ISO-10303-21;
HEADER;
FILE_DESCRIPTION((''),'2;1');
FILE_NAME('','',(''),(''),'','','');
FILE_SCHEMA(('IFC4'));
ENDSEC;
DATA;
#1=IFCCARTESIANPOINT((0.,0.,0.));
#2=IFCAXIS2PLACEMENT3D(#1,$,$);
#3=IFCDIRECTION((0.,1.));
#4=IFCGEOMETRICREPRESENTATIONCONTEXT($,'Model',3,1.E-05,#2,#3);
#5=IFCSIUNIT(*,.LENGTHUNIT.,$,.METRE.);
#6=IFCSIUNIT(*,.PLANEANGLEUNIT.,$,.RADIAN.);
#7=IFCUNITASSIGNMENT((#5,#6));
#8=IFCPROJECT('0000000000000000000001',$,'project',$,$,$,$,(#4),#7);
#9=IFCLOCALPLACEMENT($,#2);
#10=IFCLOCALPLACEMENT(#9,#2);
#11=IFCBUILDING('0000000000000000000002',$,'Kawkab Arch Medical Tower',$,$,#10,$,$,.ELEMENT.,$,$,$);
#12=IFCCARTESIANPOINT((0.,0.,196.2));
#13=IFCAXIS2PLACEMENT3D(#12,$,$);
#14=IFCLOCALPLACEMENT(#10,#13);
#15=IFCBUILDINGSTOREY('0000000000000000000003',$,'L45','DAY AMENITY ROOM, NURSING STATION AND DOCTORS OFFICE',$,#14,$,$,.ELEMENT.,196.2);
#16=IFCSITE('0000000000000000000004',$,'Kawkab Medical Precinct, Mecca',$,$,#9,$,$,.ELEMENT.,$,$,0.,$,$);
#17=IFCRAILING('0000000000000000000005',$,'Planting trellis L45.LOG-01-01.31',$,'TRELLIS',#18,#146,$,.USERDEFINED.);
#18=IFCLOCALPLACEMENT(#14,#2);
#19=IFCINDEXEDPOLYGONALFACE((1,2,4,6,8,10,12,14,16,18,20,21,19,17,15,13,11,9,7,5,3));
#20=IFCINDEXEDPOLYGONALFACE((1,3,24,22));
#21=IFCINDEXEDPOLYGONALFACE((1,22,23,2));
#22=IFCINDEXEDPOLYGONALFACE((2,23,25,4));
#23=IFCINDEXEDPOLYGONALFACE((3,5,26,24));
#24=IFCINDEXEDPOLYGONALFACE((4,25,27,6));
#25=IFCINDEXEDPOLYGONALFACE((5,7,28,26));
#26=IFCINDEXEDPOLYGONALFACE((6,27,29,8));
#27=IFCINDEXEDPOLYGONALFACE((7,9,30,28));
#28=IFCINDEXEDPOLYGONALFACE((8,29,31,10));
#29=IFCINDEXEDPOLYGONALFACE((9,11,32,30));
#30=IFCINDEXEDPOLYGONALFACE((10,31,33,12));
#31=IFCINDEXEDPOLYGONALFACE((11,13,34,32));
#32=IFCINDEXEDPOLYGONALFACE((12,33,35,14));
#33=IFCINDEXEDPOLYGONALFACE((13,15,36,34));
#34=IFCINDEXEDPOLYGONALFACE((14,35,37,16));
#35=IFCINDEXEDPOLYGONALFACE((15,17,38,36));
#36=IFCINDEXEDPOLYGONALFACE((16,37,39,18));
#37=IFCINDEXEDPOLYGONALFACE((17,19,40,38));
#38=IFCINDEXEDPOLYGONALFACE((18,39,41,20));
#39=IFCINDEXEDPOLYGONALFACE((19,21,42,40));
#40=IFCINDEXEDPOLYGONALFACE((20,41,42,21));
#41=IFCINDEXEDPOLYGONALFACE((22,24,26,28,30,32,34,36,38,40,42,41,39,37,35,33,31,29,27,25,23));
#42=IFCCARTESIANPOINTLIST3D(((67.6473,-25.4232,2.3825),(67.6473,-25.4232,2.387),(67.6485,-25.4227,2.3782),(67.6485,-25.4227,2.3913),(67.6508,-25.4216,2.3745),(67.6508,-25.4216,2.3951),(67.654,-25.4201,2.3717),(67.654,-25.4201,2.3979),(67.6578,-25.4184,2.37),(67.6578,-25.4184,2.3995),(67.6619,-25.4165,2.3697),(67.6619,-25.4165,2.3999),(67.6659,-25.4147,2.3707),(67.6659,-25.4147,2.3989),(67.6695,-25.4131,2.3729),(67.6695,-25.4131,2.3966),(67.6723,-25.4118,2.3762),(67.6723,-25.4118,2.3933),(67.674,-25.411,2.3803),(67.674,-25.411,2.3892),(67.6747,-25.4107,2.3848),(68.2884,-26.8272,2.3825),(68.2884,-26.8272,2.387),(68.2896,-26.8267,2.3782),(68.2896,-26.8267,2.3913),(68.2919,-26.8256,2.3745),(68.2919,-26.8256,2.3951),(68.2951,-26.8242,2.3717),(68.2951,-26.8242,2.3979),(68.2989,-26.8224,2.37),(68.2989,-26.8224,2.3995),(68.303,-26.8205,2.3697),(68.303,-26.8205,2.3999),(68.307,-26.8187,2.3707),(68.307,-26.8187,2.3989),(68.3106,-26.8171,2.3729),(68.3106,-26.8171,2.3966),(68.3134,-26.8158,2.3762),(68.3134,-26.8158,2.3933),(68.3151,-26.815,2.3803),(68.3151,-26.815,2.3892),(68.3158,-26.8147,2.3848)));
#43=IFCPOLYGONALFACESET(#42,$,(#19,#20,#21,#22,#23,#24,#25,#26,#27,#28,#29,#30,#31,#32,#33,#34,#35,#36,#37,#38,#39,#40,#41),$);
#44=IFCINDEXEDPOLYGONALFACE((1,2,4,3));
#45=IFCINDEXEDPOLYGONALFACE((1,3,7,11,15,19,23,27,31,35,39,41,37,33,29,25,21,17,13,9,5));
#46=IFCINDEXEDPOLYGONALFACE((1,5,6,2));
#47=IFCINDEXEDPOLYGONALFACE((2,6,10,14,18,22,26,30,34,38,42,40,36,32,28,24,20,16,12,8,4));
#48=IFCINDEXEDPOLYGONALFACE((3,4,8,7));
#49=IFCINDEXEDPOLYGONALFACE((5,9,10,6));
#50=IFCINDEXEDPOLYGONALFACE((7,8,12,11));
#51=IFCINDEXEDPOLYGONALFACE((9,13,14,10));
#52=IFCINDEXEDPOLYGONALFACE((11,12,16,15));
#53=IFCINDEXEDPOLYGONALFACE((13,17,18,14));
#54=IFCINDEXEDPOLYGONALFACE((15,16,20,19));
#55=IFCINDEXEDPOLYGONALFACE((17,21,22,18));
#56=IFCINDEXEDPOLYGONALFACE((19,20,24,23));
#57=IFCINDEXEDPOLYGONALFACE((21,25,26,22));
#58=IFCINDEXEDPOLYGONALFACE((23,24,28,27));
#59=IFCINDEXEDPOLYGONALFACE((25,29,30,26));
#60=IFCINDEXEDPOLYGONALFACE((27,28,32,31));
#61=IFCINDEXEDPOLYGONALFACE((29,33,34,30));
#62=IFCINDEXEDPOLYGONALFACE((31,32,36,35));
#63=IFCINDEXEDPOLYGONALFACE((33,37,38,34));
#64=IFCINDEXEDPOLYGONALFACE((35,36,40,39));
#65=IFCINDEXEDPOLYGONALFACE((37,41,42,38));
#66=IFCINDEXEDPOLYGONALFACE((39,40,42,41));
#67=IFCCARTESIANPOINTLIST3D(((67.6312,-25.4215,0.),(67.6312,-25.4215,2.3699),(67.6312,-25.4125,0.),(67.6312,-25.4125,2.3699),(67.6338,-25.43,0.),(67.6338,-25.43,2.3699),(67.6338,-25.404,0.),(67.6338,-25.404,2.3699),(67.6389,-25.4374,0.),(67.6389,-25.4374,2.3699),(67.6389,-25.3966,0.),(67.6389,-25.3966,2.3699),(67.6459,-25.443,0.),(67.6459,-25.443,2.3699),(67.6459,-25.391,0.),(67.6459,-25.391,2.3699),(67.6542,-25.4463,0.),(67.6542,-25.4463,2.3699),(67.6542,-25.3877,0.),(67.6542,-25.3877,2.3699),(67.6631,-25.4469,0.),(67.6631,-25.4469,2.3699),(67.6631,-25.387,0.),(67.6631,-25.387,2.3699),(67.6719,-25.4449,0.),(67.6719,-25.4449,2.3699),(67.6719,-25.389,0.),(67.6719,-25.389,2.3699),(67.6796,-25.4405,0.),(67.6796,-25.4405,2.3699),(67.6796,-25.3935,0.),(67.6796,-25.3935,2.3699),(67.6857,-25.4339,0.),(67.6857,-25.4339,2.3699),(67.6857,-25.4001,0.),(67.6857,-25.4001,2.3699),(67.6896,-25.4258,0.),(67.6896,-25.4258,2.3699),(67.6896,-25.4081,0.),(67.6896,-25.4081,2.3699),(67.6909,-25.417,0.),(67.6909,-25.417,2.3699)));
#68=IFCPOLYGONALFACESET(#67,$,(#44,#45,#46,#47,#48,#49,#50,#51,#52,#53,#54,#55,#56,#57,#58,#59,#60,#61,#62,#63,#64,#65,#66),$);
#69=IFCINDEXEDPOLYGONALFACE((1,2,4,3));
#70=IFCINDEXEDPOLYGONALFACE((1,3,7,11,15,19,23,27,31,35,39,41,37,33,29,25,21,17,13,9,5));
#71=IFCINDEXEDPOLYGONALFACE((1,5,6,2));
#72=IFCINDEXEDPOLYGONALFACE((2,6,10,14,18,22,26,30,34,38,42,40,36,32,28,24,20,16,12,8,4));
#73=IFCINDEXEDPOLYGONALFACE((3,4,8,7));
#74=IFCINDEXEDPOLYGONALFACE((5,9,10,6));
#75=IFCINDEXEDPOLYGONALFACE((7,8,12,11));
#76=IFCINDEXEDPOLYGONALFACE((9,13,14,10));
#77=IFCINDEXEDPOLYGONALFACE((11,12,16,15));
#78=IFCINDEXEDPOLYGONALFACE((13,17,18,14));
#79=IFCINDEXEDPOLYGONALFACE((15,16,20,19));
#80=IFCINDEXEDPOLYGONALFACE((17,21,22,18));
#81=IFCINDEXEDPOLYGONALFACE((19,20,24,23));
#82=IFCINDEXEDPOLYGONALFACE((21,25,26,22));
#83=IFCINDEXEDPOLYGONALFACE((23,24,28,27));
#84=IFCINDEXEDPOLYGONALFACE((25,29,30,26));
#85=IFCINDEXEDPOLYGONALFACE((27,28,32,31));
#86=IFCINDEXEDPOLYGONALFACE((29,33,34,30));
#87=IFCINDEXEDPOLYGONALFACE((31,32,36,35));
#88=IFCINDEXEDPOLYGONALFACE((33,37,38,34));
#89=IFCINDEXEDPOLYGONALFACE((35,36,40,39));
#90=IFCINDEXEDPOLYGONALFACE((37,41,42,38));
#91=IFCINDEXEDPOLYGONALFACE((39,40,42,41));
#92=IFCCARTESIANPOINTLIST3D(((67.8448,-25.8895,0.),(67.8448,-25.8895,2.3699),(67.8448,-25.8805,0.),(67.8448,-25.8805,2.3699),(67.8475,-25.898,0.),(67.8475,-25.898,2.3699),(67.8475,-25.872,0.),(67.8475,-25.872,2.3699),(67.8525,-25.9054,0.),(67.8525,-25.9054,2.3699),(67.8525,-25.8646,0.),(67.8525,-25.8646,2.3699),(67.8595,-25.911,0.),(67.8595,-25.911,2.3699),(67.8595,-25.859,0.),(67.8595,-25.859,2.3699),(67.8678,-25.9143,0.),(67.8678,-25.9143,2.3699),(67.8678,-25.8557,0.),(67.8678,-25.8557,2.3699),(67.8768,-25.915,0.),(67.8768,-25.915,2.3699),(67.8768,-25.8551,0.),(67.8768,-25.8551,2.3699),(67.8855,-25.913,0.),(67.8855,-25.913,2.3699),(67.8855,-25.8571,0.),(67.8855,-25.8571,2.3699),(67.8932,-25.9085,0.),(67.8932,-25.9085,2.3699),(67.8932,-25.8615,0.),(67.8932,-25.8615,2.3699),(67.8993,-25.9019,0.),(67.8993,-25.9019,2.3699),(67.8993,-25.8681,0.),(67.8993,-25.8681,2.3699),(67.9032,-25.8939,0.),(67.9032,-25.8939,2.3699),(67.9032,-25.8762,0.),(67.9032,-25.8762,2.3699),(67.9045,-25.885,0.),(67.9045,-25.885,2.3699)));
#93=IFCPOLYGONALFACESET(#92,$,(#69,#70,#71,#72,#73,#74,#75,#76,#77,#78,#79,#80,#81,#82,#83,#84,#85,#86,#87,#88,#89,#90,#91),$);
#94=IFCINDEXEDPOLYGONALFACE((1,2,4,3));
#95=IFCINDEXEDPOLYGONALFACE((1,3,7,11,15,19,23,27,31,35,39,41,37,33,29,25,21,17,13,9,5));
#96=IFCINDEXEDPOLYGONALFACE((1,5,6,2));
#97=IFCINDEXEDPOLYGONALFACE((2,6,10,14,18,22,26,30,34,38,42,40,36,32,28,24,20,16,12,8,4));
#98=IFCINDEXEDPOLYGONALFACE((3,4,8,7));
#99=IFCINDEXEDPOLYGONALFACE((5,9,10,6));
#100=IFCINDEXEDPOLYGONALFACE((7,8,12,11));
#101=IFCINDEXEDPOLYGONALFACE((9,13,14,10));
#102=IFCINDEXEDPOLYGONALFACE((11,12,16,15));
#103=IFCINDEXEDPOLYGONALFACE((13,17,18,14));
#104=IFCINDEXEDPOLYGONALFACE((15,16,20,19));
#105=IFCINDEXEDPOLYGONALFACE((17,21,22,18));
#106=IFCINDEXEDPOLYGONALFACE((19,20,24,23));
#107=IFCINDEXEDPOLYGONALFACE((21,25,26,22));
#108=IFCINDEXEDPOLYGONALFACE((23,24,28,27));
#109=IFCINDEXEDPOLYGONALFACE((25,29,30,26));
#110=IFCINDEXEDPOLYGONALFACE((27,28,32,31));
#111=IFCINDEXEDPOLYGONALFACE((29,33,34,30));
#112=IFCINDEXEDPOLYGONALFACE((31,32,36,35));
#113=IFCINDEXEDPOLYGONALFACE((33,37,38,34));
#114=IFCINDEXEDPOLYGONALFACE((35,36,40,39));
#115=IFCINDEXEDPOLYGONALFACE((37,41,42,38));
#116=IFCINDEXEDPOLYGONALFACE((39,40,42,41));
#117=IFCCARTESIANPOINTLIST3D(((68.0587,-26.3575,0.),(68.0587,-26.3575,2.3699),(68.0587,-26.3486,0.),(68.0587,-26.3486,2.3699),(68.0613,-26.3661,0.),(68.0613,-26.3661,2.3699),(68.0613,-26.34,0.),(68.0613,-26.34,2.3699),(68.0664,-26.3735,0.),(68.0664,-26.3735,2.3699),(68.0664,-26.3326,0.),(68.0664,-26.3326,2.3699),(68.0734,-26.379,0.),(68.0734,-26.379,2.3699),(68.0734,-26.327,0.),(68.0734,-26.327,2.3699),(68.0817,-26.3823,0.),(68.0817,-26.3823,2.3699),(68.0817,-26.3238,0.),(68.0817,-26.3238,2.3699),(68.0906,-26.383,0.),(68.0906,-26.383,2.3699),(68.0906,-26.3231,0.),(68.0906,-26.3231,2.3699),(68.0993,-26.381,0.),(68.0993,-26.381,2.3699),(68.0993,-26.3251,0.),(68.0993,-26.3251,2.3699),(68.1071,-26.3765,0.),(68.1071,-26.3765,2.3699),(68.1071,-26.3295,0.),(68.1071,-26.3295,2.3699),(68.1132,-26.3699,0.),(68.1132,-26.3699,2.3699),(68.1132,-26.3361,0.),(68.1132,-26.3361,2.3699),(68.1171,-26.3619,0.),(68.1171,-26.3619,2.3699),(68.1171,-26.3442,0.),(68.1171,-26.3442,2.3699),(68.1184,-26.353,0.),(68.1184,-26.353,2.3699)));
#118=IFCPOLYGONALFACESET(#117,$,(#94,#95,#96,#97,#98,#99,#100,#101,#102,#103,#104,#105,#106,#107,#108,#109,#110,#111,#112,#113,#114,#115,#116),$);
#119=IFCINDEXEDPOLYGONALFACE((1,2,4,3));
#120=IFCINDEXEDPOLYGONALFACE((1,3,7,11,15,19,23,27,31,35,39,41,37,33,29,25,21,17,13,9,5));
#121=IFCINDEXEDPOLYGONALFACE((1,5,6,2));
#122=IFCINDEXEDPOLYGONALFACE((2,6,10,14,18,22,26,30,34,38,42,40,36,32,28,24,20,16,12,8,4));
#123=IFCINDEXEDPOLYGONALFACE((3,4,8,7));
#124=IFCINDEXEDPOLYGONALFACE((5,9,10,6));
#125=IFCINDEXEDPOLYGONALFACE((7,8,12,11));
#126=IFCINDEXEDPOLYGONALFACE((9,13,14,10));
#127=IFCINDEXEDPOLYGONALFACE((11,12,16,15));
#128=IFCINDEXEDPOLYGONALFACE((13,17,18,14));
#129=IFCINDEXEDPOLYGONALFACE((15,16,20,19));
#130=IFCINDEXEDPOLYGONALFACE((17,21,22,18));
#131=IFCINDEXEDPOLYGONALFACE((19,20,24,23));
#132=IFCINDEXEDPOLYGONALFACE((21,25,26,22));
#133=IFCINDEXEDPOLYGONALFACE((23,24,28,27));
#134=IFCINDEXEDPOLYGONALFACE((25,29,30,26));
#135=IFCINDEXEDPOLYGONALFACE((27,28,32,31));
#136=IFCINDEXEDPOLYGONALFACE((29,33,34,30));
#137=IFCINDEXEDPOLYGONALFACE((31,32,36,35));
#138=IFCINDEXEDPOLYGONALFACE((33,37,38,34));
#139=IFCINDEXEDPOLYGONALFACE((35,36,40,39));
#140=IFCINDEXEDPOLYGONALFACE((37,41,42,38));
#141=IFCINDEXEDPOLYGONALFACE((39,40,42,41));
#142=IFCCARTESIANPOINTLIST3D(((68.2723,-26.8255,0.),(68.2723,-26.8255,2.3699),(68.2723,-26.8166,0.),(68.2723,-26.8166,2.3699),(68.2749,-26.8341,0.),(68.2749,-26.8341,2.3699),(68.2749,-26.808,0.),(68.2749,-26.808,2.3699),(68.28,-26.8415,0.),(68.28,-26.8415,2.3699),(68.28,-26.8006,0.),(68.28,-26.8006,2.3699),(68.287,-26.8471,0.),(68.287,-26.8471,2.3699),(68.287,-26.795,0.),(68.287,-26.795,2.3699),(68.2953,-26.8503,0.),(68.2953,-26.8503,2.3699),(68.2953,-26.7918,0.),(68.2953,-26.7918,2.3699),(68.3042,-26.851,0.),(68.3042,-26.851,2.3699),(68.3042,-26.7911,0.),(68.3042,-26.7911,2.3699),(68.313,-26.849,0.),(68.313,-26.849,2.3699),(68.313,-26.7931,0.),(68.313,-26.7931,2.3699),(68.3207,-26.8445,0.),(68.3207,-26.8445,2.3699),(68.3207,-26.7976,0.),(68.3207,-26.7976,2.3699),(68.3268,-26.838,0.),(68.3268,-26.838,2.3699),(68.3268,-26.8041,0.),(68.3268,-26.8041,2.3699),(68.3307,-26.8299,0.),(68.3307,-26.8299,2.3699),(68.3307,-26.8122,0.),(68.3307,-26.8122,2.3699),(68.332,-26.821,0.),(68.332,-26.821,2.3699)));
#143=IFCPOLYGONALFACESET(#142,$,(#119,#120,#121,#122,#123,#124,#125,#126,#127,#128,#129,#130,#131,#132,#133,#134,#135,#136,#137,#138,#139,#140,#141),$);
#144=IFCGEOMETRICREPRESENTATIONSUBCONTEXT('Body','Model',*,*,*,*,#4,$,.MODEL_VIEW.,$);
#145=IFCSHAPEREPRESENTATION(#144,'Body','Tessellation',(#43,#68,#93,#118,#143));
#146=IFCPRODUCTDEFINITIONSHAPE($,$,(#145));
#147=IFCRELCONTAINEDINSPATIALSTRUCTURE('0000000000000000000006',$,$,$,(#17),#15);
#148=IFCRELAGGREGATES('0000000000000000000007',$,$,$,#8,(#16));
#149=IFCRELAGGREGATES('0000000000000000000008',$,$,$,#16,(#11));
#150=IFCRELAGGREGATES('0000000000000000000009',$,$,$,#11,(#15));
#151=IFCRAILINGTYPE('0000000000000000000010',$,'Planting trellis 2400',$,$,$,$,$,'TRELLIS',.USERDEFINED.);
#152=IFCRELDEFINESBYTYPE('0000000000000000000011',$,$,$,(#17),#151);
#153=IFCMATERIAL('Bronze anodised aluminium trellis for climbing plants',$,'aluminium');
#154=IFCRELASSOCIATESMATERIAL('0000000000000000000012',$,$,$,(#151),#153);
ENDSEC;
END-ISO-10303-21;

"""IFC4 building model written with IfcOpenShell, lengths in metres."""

from ifc_helpers import new_model, si_unit, direction, frame, origin, origin_2d, place, context, subcontext, project, spatial, circle, extrude, material, type_object, element, save


model = new_model("IFC4")

# Units and contexts
model_context = context("Model", 3, precision=1e-05, world=origin(), true_north=direction((0.0, 1.0)))
body_context = subcontext(model_context, "Body", "Model", "MODEL_VIEW")
ifc_project = project(units=[si_unit("LENGTHUNIT", "METRE"), si_unit("PLANEANGLEUNIT", "RADIAN")], contexts=[model_context])

# Site, building, storey
site_placement = place(None, origin())
site = spatial("IfcSite", under=ifc_project, at=site_placement, Name="Kawkab Medical Precinct, Mecca", CompositionType="ELEMENT", RefElevation=0.0)
building_placement = place(site_placement, origin())
building = spatial("IfcBuilding", under=site, at=building_placement, Name="Kawkab Arch Medical Tower", CompositionType="ELEMENT")
storey_placement = place(building_placement, frame((0.0, 0.0, 196.2)))
storey = spatial("IfcBuildingStorey", under=building, at=storey_placement, Name="L45", Description="DAY AMENITY ROOM, NURSING STATION AND DOCTORS OFFICE", CompositionType="ELEMENT", Elevation=196.2)

# Railing
ifc_material_1 = material(Name="Bronze anodised aluminium trellis for climbing plants", Category="aluminium")
railing_type = type_object("IfcRailingType", Name="Planting trellis 2400", ElementType="TRELLIS", PredefinedType="USERDEFINED", material=ifc_material_1)
railing_1_placement = place(storey_placement, frame((67.6609, -25.417, 0.0)))
element("IfcRailing", 1, at=railing_1_placement, inside=storey, type_object=railing_type, Name="Planting trellis L45.LOG-01-01.31", ObjectType="TRELLIS", PredefinedType="USERDEFINED", context=body_context, shape_type="SweptSolid", body=[
    extrude(circle(Radius=0.0151, at=origin_2d()), frame((0.0, 0.0, 2.3848), z_axis=(0.415363, -0.909656, 0.0), x_axis=(0.909656, 0.415363, 0.0)), (0.0, 0.0, 1.0), 1.5435),
    extrude(circle(Radius=0.03, at=origin_2d()), origin(), (0.0, 0.0, 1.0), 2.3699),
    extrude(circle(Radius=0.03, at=origin_2d()), frame((0.2136, -0.468, 0.0)), (0.0, 0.0, 1.0), 2.3699),
    extrude(circle(Radius=0.03, at=origin_2d()), frame((0.4275, -0.936, 0.0)), (0.0, 0.0, 1.0), 2.3699),
    extrude(circle(Radius=0.03, at=origin_2d()), frame((0.6411, -1.4041, 0.0)), (0.0, 0.0, 1.0), 2.3699),
])

save(model, "model.ifc")
